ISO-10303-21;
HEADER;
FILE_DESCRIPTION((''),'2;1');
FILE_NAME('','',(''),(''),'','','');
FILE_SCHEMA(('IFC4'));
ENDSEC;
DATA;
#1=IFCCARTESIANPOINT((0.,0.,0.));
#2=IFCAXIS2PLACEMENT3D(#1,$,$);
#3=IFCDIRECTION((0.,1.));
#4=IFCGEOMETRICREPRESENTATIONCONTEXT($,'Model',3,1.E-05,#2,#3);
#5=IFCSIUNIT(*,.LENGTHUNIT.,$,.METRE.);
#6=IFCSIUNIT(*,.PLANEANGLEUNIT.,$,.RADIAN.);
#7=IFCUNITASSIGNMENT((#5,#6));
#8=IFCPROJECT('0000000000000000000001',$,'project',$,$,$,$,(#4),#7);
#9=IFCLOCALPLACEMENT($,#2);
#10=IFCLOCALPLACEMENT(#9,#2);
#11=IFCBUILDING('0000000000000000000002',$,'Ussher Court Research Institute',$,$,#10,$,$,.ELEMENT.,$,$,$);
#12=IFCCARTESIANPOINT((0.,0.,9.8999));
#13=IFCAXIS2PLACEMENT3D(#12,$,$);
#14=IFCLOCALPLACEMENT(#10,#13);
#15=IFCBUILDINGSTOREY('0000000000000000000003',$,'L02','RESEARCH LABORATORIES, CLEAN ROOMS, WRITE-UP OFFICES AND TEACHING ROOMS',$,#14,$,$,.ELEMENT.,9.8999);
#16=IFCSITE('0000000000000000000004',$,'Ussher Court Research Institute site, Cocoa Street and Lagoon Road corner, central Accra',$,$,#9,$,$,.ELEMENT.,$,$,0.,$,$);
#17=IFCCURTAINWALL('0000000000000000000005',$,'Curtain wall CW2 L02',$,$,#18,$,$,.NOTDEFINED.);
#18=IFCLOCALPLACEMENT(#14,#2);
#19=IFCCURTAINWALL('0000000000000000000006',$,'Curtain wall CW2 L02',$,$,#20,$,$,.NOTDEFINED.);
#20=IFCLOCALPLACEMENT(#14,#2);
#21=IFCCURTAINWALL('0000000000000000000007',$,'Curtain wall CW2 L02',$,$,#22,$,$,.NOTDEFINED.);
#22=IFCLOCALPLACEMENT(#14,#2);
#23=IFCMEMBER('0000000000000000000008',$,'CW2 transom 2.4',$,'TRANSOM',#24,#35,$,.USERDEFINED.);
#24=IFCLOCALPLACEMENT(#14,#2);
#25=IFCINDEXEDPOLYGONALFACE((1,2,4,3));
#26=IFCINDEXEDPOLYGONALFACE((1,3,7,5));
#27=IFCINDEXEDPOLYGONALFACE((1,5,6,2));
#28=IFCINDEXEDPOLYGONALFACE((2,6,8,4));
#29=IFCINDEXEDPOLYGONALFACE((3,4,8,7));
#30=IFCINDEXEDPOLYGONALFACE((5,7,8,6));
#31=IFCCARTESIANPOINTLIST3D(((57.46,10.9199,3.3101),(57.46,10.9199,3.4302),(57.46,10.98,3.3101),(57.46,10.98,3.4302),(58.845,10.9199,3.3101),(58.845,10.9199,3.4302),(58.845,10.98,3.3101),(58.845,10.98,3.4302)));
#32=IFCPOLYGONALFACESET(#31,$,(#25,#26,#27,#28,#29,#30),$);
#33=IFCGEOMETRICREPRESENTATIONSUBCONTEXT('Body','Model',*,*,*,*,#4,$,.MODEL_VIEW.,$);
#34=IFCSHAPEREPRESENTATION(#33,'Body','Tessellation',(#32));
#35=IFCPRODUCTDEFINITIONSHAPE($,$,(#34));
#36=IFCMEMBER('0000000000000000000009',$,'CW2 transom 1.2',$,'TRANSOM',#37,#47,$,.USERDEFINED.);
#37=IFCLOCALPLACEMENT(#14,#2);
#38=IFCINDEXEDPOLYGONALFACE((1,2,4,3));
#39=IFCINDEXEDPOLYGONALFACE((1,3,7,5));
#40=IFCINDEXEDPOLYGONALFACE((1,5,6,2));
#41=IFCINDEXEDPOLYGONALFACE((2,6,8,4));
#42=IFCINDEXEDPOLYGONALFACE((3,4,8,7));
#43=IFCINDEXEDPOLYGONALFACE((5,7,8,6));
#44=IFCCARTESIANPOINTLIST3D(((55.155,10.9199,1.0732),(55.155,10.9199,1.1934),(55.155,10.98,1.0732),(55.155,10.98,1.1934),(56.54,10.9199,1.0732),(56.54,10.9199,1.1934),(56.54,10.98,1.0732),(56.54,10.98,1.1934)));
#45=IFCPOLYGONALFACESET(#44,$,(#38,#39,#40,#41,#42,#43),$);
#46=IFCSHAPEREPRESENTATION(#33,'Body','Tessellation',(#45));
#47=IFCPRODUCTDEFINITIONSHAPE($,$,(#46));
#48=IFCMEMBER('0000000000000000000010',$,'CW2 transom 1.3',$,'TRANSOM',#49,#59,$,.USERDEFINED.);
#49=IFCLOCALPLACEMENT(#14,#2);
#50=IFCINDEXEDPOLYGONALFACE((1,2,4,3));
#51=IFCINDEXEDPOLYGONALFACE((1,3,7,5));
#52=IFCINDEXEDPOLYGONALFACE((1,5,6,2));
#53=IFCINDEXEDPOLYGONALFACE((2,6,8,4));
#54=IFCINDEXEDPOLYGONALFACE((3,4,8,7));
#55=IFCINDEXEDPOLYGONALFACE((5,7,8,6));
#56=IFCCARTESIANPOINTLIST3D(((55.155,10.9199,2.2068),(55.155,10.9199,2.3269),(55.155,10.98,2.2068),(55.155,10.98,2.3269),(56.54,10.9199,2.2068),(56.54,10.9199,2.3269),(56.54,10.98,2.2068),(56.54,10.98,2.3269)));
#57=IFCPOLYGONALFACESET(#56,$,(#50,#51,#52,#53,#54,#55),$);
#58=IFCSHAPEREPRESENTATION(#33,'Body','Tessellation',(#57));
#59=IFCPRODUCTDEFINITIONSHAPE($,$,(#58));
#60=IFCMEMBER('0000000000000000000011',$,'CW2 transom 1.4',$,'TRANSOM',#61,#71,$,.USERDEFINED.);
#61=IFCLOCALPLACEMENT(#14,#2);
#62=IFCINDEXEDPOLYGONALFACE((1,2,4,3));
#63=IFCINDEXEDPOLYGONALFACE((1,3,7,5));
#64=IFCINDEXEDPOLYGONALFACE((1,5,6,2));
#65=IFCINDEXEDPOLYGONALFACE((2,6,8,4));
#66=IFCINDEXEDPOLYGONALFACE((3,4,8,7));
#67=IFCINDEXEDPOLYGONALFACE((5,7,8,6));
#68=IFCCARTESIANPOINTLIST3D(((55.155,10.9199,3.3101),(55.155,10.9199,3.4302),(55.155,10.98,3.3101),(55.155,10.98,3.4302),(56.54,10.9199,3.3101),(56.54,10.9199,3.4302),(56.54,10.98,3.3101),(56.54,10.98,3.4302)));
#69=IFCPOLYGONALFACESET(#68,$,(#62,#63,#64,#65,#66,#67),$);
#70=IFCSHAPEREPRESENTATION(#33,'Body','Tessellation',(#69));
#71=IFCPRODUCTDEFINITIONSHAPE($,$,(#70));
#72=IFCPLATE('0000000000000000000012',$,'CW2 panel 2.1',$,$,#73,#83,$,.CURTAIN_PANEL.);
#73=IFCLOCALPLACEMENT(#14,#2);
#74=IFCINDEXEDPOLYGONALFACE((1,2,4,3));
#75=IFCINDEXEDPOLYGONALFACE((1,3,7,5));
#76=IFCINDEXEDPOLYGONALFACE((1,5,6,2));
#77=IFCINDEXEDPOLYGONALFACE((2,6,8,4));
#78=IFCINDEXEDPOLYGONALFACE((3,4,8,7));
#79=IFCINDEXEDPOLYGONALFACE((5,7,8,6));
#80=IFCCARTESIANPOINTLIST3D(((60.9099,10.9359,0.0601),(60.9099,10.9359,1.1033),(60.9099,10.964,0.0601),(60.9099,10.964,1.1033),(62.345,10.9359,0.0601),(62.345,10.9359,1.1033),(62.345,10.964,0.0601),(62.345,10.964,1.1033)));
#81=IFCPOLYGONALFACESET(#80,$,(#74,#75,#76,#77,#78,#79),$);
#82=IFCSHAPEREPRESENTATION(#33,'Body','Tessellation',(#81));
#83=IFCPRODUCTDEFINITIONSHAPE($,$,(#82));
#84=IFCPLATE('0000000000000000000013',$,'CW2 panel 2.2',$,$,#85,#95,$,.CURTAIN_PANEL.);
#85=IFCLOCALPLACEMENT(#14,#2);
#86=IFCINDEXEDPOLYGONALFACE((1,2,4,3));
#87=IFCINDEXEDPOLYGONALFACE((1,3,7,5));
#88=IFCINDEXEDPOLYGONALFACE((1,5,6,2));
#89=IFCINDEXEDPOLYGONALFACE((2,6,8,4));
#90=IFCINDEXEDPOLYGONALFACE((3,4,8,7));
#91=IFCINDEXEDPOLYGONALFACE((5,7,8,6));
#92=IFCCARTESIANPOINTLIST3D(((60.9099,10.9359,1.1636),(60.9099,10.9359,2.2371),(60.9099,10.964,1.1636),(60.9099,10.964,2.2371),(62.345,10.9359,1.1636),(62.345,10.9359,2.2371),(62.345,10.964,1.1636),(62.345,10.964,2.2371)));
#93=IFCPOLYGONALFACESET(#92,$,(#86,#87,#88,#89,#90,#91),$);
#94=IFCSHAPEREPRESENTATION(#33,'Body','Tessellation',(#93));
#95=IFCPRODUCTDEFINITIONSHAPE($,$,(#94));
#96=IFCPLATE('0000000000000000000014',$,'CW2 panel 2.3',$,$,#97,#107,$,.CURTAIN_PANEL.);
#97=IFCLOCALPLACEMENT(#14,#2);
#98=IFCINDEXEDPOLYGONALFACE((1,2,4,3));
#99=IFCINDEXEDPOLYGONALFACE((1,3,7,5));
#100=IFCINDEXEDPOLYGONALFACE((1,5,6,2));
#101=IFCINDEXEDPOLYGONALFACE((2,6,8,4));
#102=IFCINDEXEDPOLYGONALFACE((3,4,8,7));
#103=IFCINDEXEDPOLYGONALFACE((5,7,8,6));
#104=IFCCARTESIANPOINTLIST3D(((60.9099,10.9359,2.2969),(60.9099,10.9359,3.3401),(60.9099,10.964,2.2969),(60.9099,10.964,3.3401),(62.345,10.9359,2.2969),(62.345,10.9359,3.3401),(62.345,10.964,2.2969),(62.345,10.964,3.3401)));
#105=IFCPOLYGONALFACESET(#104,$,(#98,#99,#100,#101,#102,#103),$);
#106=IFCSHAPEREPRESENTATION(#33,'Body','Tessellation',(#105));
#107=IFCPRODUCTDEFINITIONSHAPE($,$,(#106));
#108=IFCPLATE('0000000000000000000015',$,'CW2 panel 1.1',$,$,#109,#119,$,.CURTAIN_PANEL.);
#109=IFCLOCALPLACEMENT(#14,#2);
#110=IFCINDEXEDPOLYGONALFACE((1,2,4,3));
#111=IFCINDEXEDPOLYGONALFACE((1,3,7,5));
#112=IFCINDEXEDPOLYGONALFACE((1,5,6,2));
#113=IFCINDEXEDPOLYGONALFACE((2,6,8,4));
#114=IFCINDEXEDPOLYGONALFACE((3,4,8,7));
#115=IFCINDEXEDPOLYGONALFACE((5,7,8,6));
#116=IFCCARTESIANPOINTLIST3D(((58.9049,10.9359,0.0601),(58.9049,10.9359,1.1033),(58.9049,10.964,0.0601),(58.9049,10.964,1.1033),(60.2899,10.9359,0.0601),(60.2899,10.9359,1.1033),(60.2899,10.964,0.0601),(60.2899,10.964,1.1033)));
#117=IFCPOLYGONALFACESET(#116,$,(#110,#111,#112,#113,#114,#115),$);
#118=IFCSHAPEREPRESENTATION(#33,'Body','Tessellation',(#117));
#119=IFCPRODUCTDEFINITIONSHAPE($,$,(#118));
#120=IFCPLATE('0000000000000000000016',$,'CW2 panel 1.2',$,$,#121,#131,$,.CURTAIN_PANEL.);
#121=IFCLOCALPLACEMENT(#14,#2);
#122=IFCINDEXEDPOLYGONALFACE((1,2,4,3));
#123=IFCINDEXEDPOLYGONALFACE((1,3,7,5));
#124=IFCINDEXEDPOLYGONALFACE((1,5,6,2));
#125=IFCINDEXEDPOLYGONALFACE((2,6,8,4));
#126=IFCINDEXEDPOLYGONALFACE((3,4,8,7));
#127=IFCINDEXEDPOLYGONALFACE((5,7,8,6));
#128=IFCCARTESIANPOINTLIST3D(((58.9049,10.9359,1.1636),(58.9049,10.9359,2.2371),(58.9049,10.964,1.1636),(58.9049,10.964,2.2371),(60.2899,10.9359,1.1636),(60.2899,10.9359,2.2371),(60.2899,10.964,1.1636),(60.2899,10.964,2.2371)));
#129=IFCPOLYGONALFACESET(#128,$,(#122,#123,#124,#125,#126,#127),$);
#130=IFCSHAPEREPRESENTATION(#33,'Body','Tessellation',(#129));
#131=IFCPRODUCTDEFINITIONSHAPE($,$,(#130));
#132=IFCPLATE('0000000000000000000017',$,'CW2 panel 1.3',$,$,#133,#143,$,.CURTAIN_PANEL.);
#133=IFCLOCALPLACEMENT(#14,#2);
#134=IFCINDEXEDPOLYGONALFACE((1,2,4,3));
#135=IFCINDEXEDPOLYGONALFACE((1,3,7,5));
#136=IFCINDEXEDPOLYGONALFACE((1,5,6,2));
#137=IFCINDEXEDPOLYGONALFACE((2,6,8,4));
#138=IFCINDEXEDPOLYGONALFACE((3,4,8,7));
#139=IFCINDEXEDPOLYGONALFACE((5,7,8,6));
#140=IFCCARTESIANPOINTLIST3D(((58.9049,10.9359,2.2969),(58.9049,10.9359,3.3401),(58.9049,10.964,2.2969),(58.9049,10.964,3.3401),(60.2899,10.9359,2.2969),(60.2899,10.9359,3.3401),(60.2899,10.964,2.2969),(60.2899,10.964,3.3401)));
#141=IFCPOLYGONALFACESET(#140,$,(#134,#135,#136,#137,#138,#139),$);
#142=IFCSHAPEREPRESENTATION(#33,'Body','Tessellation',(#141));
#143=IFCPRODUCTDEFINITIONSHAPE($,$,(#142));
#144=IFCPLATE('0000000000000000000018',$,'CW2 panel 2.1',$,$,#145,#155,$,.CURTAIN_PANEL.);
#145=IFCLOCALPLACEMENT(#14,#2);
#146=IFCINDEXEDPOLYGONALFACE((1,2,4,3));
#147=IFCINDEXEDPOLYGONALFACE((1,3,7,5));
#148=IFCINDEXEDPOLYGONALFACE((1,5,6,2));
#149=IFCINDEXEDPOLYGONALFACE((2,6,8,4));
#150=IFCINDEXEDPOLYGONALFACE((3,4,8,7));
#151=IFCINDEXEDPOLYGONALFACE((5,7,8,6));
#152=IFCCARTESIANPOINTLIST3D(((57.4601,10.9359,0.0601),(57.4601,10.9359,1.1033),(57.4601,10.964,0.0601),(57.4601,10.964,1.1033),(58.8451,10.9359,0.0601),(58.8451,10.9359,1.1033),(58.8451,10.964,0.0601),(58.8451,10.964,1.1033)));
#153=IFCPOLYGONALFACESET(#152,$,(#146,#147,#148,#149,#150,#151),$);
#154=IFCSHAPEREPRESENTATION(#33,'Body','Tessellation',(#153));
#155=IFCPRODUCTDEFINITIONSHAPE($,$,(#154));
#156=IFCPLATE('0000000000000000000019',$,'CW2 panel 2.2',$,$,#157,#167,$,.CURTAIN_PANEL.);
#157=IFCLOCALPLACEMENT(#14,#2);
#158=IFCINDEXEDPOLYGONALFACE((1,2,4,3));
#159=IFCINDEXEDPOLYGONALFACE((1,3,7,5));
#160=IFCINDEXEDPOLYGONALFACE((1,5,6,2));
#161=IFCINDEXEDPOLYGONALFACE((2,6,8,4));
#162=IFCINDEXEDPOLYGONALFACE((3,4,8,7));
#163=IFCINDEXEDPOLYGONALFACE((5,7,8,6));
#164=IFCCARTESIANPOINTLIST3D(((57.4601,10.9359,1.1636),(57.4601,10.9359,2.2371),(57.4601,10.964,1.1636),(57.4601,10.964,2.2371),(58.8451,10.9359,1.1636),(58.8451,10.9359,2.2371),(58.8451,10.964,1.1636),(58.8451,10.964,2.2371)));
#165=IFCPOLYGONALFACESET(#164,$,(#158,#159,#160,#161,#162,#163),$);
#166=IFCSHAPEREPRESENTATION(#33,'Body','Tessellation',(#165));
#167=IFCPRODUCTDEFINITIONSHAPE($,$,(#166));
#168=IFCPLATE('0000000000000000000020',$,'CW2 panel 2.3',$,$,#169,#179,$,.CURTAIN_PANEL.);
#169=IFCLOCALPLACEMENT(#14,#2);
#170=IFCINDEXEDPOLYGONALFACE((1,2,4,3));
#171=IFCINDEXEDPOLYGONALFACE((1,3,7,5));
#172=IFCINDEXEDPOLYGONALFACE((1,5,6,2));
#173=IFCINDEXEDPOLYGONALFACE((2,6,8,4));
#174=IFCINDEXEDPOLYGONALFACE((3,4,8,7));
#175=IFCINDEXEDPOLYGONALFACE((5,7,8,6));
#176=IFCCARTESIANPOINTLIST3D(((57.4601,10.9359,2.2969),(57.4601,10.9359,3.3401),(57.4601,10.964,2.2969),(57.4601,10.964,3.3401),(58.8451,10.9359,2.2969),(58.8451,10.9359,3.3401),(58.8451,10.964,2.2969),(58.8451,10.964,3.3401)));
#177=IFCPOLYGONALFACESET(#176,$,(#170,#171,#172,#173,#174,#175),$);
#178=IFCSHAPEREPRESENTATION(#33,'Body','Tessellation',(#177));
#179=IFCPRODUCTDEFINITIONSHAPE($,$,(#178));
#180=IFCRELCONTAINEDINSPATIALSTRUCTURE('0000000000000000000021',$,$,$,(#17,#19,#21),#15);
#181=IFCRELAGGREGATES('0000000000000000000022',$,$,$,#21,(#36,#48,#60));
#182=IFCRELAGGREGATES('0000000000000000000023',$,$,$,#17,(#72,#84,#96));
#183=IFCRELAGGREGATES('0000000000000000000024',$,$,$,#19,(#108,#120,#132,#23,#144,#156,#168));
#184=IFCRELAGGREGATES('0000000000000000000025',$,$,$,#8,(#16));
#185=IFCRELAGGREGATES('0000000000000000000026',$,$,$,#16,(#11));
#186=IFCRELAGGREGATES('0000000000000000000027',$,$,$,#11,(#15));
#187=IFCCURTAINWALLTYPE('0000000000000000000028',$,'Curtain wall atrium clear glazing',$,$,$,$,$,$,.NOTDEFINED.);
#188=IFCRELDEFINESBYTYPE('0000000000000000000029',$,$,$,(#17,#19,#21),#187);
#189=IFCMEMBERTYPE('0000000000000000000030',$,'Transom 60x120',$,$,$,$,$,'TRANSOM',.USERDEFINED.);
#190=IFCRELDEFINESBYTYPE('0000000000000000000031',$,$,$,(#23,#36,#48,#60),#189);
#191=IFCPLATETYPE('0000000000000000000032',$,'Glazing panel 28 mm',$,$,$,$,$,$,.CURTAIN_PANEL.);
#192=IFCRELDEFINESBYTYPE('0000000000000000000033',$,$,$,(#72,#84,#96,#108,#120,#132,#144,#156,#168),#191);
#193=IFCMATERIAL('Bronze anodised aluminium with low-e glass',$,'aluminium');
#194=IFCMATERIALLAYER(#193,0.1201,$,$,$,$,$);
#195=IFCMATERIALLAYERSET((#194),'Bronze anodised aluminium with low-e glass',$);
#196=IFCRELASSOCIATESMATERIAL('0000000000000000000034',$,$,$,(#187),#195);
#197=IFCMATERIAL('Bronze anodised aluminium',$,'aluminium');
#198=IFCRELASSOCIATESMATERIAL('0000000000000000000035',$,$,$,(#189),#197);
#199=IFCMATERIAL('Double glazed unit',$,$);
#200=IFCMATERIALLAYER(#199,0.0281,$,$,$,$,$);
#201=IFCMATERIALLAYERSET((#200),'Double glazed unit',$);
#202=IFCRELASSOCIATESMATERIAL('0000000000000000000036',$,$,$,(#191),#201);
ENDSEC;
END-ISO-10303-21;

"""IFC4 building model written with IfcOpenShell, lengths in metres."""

from ifc_helpers import new_model, si_unit, direction, frame, origin, origin_2d, place, context, subcontext, project, spatial, rectangle, extrude, material, layer, layer_set, material_profile, profile_set, type_object, element, aggregate, save


model = new_model("IFC4")

# Units and contexts
model_context = context("Model", 3, precision=1e-05, world=origin(), true_north=direction((0.0, 1.0)))
body_context = subcontext(model_context, "Body", "Model", "MODEL_VIEW")
ifc_project = project(units=[si_unit("LENGTHUNIT", "METRE"), si_unit("PLANEANGLEUNIT", "RADIAN")], contexts=[model_context])

# Site, building, storey
site_placement = place(None, origin())
site = spatial("IfcSite", under=ifc_project, at=site_placement, Name="Ussher Court Research Institute site, Cocoa Street and Lagoon Road corner, central Accra", CompositionType="ELEMENT", RefElevation=0.0)
building_placement = place(site_placement, origin())
building = spatial("IfcBuilding", under=site, at=building_placement, Name="Ussher Court Research Institute", CompositionType="ELEMENT")
storey_placement = place(building_placement, frame((0.0, 0.0, 9.8999)))
storey = spatial("IfcBuildingStorey", under=building, at=storey_placement, Name="L02", Description="RESEARCH LABORATORIES, CLEAN ROOMS, WRITE-UP OFFICES AND TEACHING ROOMS", CompositionType="ELEMENT", Elevation=9.8999)

# Curtain wall
ifc_material_1 = material(Name="Bronze anodised aluminium with low-e glass", Category="aluminium")
ifc_layer_1 = layer(ifc_material_1, 0.1201)
ifc_layer_set_1 = layer_set([ifc_layer_1], Name="Bronze anodised aluminium with low-e glass")
curtain_wall_type = type_object("IfcCurtainWallType", Name="Curtain wall atrium clear glazing", PredefinedType="NOTDEFINED", material=ifc_layer_set_1)
curtain_wall_1_placement = place(storey_placement, origin())
curtain_wall_1 = element("IfcCurtainWall", 1, at=curtain_wall_1_placement, inside=storey, type_object=curtain_wall_type, Name="Curtain wall CW2 L02", PredefinedType="NOTDEFINED")

# Curtain wall
curtain_wall_2_placement = place(storey_placement, origin())
curtain_wall_2 = element("IfcCurtainWall", 2, at=curtain_wall_2_placement, inside=storey, type_object=curtain_wall_type, Name="Curtain wall CW2 L02", PredefinedType="NOTDEFINED")

# Curtain wall
curtain_wall_3_placement = place(storey_placement, origin())
curtain_wall_3 = element("IfcCurtainWall", 3, at=curtain_wall_3_placement, inside=storey, type_object=curtain_wall_type, Name="Curtain wall CW2 L02", PredefinedType="NOTDEFINED")

# Members
ifc_material_2 = material(Name="Bronze anodised aluminium", Category="aluminium")
ifc_material_profile_1 = material_profile(ifc_material_2, rectangle(XDim=0.0601, YDim=0.1201, at=origin_2d()), Name="Transom 60x120")
ifc_profile_set_1 = profile_set([ifc_material_profile_1], Name="Bronze anodised aluminium")
member_type_1 = type_object("IfcMemberType", Name="Transom 60x120", ElementType="TRANSOM", PredefinedType="USERDEFINED", material=ifc_profile_set_1)
member_1_placement = place(storey_placement, frame((58.845, 10.95, 3.3701), z_axis=(-1.0, 0.0, 0.0), x_axis=(0.0, -1.0, 0.0)))
member_1 = element("IfcMember", 4, at=member_1_placement, type_object=member_type_1, Name="CW2 transom 2.4", ObjectType="TRANSOM", PredefinedType="USERDEFINED", context=body_context, shape_type="SweptSolid", body=[
    extrude(rectangle(XDim=0.0601, YDim=0.1201, at=origin_2d()), origin(), (0.0, 0.0, 1.0), 1.385),
])
member_2_placement = place(storey_placement, frame((56.54, 10.95, 1.1333), z_axis=(-1.0, 0.0, 0.0), x_axis=(0.0, -1.0, 0.0)))
member_2 = element("IfcMember", 5, at=member_2_placement, type_object=member_type_1, Name="CW2 transom 1.2", ObjectType="TRANSOM", PredefinedType="USERDEFINED", context=body_context, shape_type="SweptSolid", body=[
    extrude(rectangle(XDim=0.0601, YDim=0.1201, at=origin_2d()), origin(), (0.0, 0.0, 1.0), 1.385),
])
member_3_placement = place(storey_placement, frame((56.54, 10.95, 2.2668), z_axis=(-1.0, 0.0, 0.0), x_axis=(0.0, -1.0, 0.0)))
member_3 = element("IfcMember", 6, at=member_3_placement, type_object=member_type_1, Name="CW2 transom 1.3", ObjectType="TRANSOM", PredefinedType="USERDEFINED", context=body_context, shape_type="SweptSolid", body=[
    extrude(rectangle(XDim=0.0601, YDim=0.1201, at=origin_2d()), origin(), (0.0, 0.0, 1.0), 1.385),
])
member_4_placement = place(storey_placement, frame((56.54, 10.95, 3.3701), z_axis=(-1.0, 0.0, 0.0), x_axis=(0.0, -1.0, 0.0)))
member_4 = element("IfcMember", 7, at=member_4_placement, type_object=member_type_1, Name="CW2 transom 1.4", ObjectType="TRANSOM", PredefinedType="USERDEFINED", context=body_context, shape_type="SweptSolid", body=[
    extrude(rectangle(XDim=0.0601, YDim=0.1201, at=origin_2d()), origin(), (0.0, 0.0, 1.0), 1.385),
])
aggregate(curtain_wall_3, [member_2, member_3, member_4])

# Plates
ifc_material_3 = material(Name="Double glazed unit")
ifc_layer_2 = layer(ifc_material_3, 0.0281)
ifc_layer_set_2 = layer_set([ifc_layer_2], Name="Double glazed unit")
plate_type = type_object("IfcPlateType", Name="Glazing panel 28 mm", PredefinedType="CURTAIN_PANEL", material=ifc_layer_set_2)
plate_1_placement = place(storey_placement, frame((61.6274, 10.95, 0.0601), z_axis=(0.0, 0.0, 1.0), x_axis=(-1.0, 0.0, 0.0)))
plate_1 = element("IfcPlate", 8, at=plate_1_placement, type_object=plate_type, Name="CW2 panel 2.1", PredefinedType="CURTAIN_PANEL", context=body_context, shape_type="SweptSolid", body=[
    extrude(rectangle(XDim=1.4351, YDim=0.0281, at=origin_2d()), origin(), (0.0, 0.0, 1.0), 1.0432),
])
plate_2_placement = place(storey_placement, frame((61.6274, 10.95, 1.1636), z_axis=(0.0, 0.0, 1.0), x_axis=(-1.0, 0.0, 0.0)))
plate_2 = element("IfcPlate", 9, at=plate_2_placement, type_object=plate_type, Name="CW2 panel 2.2", PredefinedType="CURTAIN_PANEL", context=body_context, shape_type="SweptSolid", body=[
    extrude(rectangle(XDim=1.4351, YDim=0.0281, at=origin_2d()), origin(), (0.0, 0.0, 1.0), 1.0735),
])
plate_3_placement = place(storey_placement, frame((61.6274, 10.95, 2.2969), z_axis=(0.0, 0.0, 1.0), x_axis=(-1.0, 0.0, 0.0)))
plate_3 = element("IfcPlate", 10, at=plate_3_placement, type_object=plate_type, Name="CW2 panel 2.3", PredefinedType="CURTAIN_PANEL", context=body_context, shape_type="SweptSolid", body=[
    extrude(rectangle(XDim=1.4351, YDim=0.0281, at=origin_2d()), origin(), (0.0, 0.0, 1.0), 1.0432),
])
aggregate(curtain_wall_1, [plate_1, plate_2, plate_3])
plate_4_placement = place(storey_placement, frame((59.5974, 10.95, 0.0601), z_axis=(0.0, 0.0, 1.0), x_axis=(-1.0, 0.0, 0.0)))
plate_4 = element("IfcPlate", 11, at=plate_4_placement, type_object=plate_type, Name="CW2 panel 1.1", PredefinedType="CURTAIN_PANEL", context=body_context, shape_type="SweptSolid", body=[
    extrude(rectangle(XDim=1.385, YDim=0.0281, at=origin_2d()), origin(), (0.0, 0.0, 1.0), 1.0432),
])
plate_5_placement = place(storey_placement, frame((59.5974, 10.95, 1.1636), z_axis=(0.0, 0.0, 1.0), x_axis=(-1.0, 0.0, 0.0)))
plate_5 = element("IfcPlate", 12, at=plate_5_placement, type_object=plate_type, Name="CW2 panel 1.2", PredefinedType="CURTAIN_PANEL", context=body_context, shape_type="SweptSolid", body=[
    extrude(rectangle(XDim=1.385, YDim=0.0281, at=origin_2d()), origin(), (0.0, 0.0, 1.0), 1.0735),
])
plate_6_placement = place(storey_placement, frame((59.5974, 10.95, 2.2969), z_axis=(0.0, 0.0, 1.0), x_axis=(-1.0, 0.0, 0.0)))
plate_6 = element("IfcPlate", 13, at=plate_6_placement, type_object=plate_type, Name="CW2 panel 1.3", PredefinedType="CURTAIN_PANEL", context=body_context, shape_type="SweptSolid", body=[
    extrude(rectangle(XDim=1.385, YDim=0.0281, at=origin_2d()), origin(), (0.0, 0.0, 1.0), 1.0432),
])
plate_7_placement = place(storey_placement, frame((58.1526, 10.95, 0.0601), z_axis=(0.0, 0.0, 1.0), x_axis=(-1.0, 0.0, 0.0)))
plate_7 = element("IfcPlate", 14, at=plate_7_placement, type_object=plate_type, Name="CW2 panel 2.1", PredefinedType="CURTAIN_PANEL", context=body_context, shape_type="SweptSolid", body=[
    extrude(rectangle(XDim=1.385, YDim=0.0281, at=origin_2d()), origin(), (0.0, 0.0, 1.0), 1.0432),
])
plate_8_placement = place(storey_placement, frame((58.1526, 10.95, 1.1636), z_axis=(0.0, 0.0, 1.0), x_axis=(-1.0, 0.0, 0.0)))
plate_8 = element("IfcPlate", 15, at=plate_8_placement, type_object=plate_type, Name="CW2 panel 2.2", PredefinedType="CURTAIN_PANEL", context=body_context, shape_type="SweptSolid", body=[
    extrude(rectangle(XDim=1.385, YDim=0.0281, at=origin_2d()), origin(), (0.0, 0.0, 1.0), 1.0735),
])
plate_9_placement = place(storey_placement, frame((58.1526, 10.95, 2.2969), z_axis=(0.0, 0.0, 1.0), x_axis=(-1.0, 0.0, 0.0)))
plate_9 = element("IfcPlate", 16, at=plate_9_placement, type_object=plate_type, Name="CW2 panel 2.3", PredefinedType="CURTAIN_PANEL", context=body_context, shape_type="SweptSolid", body=[
    extrude(rectangle(XDim=1.385, YDim=0.0281, at=origin_2d()), origin(), (0.0, 0.0, 1.0), 1.0432),
])
aggregate(curtain_wall_2, [plate_4, plate_5, plate_6, member_1, plate_7, plate_8, plate_9])

save(model, "model.ifc")
